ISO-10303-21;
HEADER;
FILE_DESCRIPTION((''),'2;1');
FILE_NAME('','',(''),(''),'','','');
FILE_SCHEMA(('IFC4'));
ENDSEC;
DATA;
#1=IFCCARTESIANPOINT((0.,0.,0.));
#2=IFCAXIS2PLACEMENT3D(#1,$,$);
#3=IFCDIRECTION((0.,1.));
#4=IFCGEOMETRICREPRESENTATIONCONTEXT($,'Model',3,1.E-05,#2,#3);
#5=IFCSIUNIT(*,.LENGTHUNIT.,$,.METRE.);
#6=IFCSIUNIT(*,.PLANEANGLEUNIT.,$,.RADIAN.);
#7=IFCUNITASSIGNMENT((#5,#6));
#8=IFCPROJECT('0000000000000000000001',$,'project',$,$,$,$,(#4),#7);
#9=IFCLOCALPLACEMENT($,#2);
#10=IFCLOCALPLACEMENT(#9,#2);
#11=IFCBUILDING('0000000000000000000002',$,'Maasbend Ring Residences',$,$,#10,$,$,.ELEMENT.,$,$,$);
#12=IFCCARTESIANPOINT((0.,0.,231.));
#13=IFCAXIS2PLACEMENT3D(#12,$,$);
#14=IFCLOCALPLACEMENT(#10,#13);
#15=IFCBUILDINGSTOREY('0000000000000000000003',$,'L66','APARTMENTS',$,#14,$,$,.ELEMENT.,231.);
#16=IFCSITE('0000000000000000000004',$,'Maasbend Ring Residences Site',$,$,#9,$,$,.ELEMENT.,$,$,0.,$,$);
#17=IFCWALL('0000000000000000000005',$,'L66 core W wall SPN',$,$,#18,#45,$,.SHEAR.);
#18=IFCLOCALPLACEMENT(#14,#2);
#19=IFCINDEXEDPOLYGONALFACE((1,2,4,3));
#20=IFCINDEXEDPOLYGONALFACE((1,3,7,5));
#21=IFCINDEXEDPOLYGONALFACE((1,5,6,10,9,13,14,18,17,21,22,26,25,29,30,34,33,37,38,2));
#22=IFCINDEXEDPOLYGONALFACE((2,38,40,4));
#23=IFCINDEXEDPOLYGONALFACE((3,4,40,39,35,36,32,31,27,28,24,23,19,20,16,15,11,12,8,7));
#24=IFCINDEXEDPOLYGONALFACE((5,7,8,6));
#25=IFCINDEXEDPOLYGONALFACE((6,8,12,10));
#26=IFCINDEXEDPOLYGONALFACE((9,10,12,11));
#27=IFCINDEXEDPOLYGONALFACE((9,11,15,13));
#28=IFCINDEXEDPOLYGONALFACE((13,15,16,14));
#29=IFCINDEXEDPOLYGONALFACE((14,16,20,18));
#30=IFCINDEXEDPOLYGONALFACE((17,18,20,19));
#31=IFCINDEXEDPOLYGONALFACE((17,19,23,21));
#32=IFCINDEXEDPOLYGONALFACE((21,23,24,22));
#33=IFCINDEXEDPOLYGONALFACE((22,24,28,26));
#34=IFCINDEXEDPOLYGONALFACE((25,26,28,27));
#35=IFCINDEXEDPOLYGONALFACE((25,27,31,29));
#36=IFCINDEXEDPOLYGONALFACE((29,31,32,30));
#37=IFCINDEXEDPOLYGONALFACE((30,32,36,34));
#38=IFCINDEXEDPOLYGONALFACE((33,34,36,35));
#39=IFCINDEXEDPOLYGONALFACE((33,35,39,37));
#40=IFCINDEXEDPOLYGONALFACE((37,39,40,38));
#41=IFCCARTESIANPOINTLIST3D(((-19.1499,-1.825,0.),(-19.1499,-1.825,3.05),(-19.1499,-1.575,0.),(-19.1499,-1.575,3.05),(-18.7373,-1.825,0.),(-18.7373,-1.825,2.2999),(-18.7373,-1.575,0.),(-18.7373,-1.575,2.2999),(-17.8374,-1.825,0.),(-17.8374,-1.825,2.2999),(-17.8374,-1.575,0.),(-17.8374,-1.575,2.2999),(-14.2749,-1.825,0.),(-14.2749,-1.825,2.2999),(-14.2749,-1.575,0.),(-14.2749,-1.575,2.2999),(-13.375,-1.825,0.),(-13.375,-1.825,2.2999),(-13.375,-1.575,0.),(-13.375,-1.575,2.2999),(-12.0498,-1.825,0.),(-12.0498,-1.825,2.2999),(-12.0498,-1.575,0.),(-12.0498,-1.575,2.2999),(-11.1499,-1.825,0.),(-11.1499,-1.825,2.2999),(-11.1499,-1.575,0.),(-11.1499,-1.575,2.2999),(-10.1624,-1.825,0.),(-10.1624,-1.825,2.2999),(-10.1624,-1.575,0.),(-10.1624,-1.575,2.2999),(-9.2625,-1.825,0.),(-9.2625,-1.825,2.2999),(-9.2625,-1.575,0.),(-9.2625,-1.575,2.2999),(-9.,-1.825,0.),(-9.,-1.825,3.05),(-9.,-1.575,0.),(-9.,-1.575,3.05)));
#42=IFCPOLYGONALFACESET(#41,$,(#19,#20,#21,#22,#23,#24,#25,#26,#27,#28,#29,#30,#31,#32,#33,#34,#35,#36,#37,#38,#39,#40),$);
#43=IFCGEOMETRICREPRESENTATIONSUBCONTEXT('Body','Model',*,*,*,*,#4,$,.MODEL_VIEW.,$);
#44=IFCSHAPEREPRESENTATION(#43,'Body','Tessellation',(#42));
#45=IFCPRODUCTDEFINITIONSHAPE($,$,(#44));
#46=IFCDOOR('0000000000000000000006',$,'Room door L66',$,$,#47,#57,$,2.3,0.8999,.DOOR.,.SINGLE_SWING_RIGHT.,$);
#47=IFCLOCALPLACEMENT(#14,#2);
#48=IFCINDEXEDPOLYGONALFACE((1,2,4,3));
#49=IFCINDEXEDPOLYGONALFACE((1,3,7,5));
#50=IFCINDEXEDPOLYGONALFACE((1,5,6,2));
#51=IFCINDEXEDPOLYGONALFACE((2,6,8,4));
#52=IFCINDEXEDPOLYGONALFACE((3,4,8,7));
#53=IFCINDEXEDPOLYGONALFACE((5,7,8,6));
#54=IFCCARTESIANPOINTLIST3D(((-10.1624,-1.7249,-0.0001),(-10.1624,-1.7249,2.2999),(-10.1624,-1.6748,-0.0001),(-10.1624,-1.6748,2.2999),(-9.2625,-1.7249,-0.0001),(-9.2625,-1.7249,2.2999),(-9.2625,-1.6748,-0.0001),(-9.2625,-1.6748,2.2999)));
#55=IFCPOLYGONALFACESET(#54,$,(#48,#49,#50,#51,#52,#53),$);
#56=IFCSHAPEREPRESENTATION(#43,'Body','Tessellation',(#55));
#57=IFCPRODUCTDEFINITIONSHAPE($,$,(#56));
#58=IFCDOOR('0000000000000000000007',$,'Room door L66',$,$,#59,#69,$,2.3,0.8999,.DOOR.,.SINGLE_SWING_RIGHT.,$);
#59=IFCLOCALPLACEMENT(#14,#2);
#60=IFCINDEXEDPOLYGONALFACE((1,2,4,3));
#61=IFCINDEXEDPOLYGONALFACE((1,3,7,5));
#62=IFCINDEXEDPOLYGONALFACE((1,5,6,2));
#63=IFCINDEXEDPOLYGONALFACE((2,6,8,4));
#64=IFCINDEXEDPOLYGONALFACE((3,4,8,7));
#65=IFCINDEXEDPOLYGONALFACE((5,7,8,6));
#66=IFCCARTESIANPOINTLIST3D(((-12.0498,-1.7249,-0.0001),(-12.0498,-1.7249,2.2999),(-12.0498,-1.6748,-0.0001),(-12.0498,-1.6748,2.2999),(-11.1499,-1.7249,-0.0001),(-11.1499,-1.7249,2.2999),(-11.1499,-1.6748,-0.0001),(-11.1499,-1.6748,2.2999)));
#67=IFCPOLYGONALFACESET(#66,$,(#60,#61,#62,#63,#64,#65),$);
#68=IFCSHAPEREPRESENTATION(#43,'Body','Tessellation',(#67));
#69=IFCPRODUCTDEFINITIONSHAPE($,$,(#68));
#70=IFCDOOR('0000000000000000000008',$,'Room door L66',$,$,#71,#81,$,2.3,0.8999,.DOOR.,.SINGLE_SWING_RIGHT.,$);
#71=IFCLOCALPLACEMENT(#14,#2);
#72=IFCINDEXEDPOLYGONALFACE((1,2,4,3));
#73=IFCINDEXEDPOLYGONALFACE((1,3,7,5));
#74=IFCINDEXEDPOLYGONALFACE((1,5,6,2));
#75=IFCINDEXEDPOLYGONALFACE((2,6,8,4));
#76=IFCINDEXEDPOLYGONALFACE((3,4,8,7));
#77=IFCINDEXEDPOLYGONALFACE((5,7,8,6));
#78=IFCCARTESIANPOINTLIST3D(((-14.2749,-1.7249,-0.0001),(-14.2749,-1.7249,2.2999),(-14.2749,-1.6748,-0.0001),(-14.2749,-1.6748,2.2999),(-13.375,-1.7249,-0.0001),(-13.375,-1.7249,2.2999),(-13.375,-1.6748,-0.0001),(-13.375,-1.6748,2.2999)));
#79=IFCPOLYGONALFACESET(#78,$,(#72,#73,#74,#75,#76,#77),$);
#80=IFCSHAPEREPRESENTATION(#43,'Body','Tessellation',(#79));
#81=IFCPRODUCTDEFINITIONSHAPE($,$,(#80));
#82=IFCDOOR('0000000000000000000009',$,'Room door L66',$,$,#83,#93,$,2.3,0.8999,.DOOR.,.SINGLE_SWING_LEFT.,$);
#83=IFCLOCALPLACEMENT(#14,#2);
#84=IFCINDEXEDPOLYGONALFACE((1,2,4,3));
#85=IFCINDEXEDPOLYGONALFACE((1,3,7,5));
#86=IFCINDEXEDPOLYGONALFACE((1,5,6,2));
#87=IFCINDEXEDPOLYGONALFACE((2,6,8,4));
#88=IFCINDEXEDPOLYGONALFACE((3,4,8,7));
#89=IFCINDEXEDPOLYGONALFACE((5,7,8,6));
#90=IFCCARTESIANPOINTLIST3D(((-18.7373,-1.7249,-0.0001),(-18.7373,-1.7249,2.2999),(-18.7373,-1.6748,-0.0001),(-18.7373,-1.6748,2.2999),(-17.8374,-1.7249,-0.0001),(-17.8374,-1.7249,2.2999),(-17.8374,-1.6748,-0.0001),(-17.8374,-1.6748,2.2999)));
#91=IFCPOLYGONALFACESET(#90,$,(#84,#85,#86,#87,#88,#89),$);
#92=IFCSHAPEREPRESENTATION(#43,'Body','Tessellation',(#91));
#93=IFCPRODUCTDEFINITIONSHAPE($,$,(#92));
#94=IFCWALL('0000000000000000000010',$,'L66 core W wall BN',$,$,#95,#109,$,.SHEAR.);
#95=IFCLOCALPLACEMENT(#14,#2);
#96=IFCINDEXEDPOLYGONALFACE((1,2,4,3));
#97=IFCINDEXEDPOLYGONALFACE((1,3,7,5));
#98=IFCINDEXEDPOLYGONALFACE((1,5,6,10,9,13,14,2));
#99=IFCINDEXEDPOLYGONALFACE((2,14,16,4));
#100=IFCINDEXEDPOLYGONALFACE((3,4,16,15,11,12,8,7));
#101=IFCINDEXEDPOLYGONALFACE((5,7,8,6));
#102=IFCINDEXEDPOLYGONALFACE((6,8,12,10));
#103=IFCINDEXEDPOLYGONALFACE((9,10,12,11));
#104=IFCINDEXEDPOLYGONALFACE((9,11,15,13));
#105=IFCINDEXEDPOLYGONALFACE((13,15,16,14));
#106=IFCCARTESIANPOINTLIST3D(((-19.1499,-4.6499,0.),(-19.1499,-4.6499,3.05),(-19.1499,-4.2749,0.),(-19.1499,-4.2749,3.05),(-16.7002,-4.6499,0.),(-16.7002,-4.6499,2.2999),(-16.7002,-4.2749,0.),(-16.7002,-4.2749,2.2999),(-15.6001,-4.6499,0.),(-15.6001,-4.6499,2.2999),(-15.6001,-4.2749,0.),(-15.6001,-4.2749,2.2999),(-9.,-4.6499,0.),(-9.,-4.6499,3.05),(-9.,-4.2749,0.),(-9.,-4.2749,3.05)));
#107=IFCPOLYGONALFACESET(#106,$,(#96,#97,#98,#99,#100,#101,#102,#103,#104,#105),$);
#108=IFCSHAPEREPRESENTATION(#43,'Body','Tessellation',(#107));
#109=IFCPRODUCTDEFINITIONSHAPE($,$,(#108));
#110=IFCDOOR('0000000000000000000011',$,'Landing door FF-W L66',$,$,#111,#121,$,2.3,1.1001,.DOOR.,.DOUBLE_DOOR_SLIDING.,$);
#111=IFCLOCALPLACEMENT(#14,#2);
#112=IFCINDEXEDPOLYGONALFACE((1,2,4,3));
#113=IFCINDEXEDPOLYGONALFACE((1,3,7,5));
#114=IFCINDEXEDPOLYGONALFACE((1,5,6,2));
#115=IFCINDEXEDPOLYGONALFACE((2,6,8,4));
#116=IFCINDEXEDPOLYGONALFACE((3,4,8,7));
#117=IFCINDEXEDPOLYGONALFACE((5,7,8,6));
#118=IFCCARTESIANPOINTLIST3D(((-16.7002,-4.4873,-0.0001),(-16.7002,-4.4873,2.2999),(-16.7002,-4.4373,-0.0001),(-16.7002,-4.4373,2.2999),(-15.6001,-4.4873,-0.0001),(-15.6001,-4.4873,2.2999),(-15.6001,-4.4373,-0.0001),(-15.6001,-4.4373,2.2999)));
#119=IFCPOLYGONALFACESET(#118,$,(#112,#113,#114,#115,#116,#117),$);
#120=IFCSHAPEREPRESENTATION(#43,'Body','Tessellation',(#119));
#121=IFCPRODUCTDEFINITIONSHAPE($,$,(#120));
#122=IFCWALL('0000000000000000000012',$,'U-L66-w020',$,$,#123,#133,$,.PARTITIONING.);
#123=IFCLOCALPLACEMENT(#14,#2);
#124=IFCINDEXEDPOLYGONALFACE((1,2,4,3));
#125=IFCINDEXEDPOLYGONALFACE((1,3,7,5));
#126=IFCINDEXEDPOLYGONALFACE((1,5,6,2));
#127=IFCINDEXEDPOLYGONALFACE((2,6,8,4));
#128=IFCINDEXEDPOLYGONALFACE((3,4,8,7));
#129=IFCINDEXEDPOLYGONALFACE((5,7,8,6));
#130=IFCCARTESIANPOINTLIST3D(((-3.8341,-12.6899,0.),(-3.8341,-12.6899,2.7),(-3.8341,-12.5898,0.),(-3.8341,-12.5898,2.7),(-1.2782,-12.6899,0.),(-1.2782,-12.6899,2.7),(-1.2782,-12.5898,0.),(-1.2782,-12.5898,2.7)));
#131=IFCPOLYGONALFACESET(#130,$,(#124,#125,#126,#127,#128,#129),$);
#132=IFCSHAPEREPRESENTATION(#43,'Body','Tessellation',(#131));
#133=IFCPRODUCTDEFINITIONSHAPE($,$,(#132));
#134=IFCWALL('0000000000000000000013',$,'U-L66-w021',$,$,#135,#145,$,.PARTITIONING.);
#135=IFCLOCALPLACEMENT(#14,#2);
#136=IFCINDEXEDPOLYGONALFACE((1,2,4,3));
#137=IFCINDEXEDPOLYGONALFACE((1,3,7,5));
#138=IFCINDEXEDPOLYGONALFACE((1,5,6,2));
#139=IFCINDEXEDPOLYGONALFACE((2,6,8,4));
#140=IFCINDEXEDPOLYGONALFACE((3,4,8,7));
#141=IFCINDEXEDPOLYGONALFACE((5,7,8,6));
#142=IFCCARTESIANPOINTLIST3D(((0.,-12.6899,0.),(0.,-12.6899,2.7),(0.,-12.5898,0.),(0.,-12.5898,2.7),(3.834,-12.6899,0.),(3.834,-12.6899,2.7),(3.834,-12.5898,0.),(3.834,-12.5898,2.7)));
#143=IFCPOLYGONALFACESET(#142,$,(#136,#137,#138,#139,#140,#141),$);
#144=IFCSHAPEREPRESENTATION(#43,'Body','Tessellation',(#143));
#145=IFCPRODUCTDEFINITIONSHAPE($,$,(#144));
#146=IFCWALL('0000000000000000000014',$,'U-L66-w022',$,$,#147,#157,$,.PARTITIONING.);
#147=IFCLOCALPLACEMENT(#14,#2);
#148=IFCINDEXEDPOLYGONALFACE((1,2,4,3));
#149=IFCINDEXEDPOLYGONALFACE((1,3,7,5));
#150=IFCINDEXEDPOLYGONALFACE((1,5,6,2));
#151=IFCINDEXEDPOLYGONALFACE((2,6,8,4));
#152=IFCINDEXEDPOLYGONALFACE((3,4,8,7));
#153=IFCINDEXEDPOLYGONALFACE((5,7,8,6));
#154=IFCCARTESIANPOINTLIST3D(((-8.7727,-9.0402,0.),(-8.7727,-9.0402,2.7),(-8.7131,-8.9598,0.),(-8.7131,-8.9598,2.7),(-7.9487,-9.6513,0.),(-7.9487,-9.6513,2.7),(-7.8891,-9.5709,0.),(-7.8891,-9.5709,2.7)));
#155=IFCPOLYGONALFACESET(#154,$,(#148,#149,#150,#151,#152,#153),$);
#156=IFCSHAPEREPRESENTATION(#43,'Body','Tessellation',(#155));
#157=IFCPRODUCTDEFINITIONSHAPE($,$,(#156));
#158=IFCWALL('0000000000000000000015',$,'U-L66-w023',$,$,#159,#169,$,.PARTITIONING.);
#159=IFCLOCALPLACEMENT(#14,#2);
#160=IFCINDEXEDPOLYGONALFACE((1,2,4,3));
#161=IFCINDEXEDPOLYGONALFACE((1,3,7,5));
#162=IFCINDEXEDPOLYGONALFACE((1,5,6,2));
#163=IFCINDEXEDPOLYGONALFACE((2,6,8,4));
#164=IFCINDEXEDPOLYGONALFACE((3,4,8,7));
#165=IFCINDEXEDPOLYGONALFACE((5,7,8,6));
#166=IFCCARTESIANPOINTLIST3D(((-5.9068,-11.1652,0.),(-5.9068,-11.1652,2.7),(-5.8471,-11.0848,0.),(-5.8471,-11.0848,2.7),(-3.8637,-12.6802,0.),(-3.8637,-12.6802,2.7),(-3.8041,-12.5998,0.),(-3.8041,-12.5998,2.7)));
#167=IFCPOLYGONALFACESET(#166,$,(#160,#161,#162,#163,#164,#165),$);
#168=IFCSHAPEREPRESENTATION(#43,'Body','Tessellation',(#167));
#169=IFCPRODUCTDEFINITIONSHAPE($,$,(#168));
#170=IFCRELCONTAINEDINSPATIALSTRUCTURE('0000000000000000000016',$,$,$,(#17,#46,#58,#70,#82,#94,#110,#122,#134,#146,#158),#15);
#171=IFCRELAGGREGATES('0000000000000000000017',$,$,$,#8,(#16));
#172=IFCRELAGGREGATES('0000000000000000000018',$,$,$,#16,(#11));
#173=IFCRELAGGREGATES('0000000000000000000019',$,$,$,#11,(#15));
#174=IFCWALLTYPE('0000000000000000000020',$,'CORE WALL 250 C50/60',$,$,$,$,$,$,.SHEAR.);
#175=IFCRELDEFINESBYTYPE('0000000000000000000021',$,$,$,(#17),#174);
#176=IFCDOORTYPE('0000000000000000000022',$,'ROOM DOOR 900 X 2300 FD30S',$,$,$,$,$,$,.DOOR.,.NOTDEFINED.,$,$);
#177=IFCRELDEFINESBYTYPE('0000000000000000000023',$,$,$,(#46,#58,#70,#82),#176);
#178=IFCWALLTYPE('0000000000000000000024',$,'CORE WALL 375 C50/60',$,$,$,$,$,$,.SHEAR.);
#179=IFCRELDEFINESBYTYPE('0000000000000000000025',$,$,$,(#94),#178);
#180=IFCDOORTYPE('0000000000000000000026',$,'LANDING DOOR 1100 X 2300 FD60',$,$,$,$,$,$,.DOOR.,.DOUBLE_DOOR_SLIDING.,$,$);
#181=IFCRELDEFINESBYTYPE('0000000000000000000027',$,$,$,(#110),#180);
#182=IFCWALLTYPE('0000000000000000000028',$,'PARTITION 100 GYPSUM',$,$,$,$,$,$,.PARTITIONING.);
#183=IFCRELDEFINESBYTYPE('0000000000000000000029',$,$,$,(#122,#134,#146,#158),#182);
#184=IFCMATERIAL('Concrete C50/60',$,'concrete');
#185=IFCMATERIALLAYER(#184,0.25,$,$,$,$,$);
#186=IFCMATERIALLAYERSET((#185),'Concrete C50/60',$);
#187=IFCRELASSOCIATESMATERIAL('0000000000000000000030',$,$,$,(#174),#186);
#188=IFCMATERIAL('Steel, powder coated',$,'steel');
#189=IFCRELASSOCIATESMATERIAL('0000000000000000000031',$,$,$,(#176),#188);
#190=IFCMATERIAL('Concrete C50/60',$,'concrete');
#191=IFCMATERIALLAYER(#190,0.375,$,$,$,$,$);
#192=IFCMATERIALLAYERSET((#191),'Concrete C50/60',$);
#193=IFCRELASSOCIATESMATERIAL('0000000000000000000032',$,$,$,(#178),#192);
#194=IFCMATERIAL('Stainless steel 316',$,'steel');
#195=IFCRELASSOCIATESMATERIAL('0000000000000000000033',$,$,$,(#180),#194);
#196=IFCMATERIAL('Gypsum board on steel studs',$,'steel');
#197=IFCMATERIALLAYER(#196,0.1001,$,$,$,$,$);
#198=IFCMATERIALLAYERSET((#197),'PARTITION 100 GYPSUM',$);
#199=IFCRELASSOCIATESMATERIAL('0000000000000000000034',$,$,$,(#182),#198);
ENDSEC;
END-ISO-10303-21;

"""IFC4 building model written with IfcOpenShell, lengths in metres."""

from ifc_helpers import new_model, si_unit, direction, frame, frame_2d, origin, place, context, subcontext, project, spatial, rectangle, extrude, material, layer, layer_set, type_object, element, fill, save


model = new_model("IFC4")

# Units and contexts
model_context = context("Model", 3, precision=1e-05, world=origin(), true_north=direction((0.0, 1.0)))
body_context = subcontext(model_context, "Body", "Model", "MODEL_VIEW")
ifc_project = project(units=[si_unit("LENGTHUNIT", "METRE"), si_unit("PLANEANGLEUNIT", "RADIAN")], contexts=[model_context])

# Site, building, storey
site_placement = place(None, origin())
site = spatial("IfcSite", under=ifc_project, at=site_placement, Name="Maasbend Ring Residences Site", CompositionType="ELEMENT", RefElevation=0.0)
building_placement = place(site_placement, origin())
building = spatial("IfcBuilding", under=site, at=building_placement, Name="Maasbend Ring Residences", CompositionType="ELEMENT")
storey_placement = place(building_placement, frame((0.0, 0.0, 231.0)))
storey = spatial("IfcBuildingStorey", under=building, at=storey_placement, Name="L66", Description="APARTMENTS", CompositionType="ELEMENT", Elevation=231.0)

# Wall, openings, doors
ifc_material_1 = material(Name="Concrete C50/60", Category="concrete")
ifc_layer_1 = layer(ifc_material_1, 0.25)
ifc_layer_set_1 = layer_set([ifc_layer_1], Name="Concrete C50/60")
wall_type_1 = type_object("IfcWallType", Name="CORE WALL 250 C50/60", PredefinedType="SHEAR", material=ifc_layer_set_1)
wall_1_placement = place(storey_placement, frame((-9.0, -1.7, 0.0), z_axis=(0.0, 0.0, 1.0), x_axis=(-1.0, 0.0, 0.0)))
wall_1 = element("IfcWall", 1, at=wall_1_placement, inside=storey, type_object=wall_type_1, Name="L66 core W wall SPN", PredefinedType="SHEAR", context=body_context, shape_type="SweptSolid", body=[
    extrude(rectangle(XDim=10.1499, YDim=0.25, at=frame_2d((5.075, 0.0))), origin(), (0.0, 0.0, 1.0), 3.05),
])
opening_1_placement = place(wall_1_placement, frame((0.2625, 0.0, 0.0)))
opening_1 = element("IfcOpeningElement", 2, at=opening_1_placement, cuts=wall_1, PredefinedType="OPENING", context=body_context, shape_type="SweptSolid", body=[
    extrude(rectangle(XDim=0.8999, YDim=2.3, at=frame_2d((0.45, 1.1499))), frame((0.0, 0.135, 0.0), z_axis=(0.0, -1.0, 0.0), x_axis=(1.0, 0.0, 0.0)), (0.0, 0.0, 1.0), 0.27),
])
opening_2_placement = place(wall_1_placement, frame((2.1499, 0.0, 0.0)))
opening_2 = element("IfcOpeningElement", 3, at=opening_2_placement, cuts=wall_1, PredefinedType="OPENING", context=body_context, shape_type="SweptSolid", body=[
    extrude(rectangle(XDim=0.8999, YDim=2.3, at=frame_2d((0.45, 1.1499))), frame((0.0, 0.135, 0.0), z_axis=(0.0, -1.0, 0.0), x_axis=(1.0, 0.0, 0.0)), (0.0, 0.0, 1.0), 0.27),
])
opening_3_placement = place(wall_1_placement, frame((4.375, 0.0, 0.0)))
opening_3 = element("IfcOpeningElement", 4, at=opening_3_placement, cuts=wall_1, PredefinedType="OPENING", context=body_context, shape_type="SweptSolid", body=[
    extrude(rectangle(XDim=0.8999, YDim=2.3, at=frame_2d((0.45, 1.1499))), frame((0.0, 0.135, 0.0), z_axis=(0.0, -1.0, 0.0), x_axis=(1.0, 0.0, 0.0)), (0.0, 0.0, 1.0), 0.27),
])
opening_4_placement = place(wall_1_placement, frame((8.8374, 0.0, 0.0)))
opening_4 = element("IfcOpeningElement", 5, at=opening_4_placement, cuts=wall_1, PredefinedType="OPENING", context=body_context, shape_type="SweptSolid", body=[
    extrude(rectangle(XDim=0.8999, YDim=2.3, at=frame_2d((0.45, 1.1499))), frame((0.0, 0.135, 0.0), z_axis=(0.0, -1.0, 0.0), x_axis=(1.0, 0.0, 0.0)), (0.0, 0.0, 1.0), 0.27),
])
ifc_material_2 = material(Name="Steel, powder coated", Category="steel")
door_type_1 = type_object("IfcDoorType", Name="ROOM DOOR 900 X 2300 FD30S", OperationType="NOTDEFINED", PredefinedType="DOOR", material=ifc_material_2)
door_1_placement = place(opening_1_placement, origin())
door_1 = element("IfcDoor", 6, at=door_1_placement, inside=storey, type_object=door_type_1, Name="Room door L66", OperationType="SINGLE_SWING_RIGHT", OverallHeight=2.3, OverallWidth=0.8999, PredefinedType="DOOR", context=body_context, shape_type="SweptSolid", body=[
    extrude(rectangle(XDim=0.8999, YDim=2.3, at=frame_2d((0.45, 1.1499))), frame((0.0, 0.0249, 0.0), z_axis=(0.0, -1.0, 0.0), x_axis=(1.0, 0.0, 0.0)), (0.0, 0.0, 1.0), 0.05),
])
fill(opening_1, door_1)
door_2_placement = place(opening_2_placement, origin())
door_2 = element("IfcDoor", 7, at=door_2_placement, inside=storey, type_object=door_type_1, Name="Room door L66", OperationType="SINGLE_SWING_RIGHT", OverallHeight=2.3, OverallWidth=0.8999, PredefinedType="DOOR", context=body_context, shape_type="SweptSolid", body=[
    extrude(rectangle(XDim=0.8999, YDim=2.3, at=frame_2d((0.45, 1.1499))), frame((0.0, 0.0249, 0.0), z_axis=(0.0, -1.0, 0.0), x_axis=(1.0, 0.0, 0.0)), (0.0, 0.0, 1.0), 0.05),
])
fill(opening_2, door_2)
door_3_placement = place(opening_3_placement, origin())
door_3 = element("IfcDoor", 8, at=door_3_placement, inside=storey, type_object=door_type_1, Name="Room door L66", OperationType="SINGLE_SWING_RIGHT", OverallHeight=2.3, OverallWidth=0.8999, PredefinedType="DOOR", context=body_context, shape_type="SweptSolid", body=[
    extrude(rectangle(XDim=0.8999, YDim=2.3, at=frame_2d((0.45, 1.1499))), frame((0.0, 0.0249, 0.0), z_axis=(0.0, -1.0, 0.0), x_axis=(1.0, 0.0, 0.0)), (0.0, 0.0, 1.0), 0.05),
])
fill(opening_3, door_3)
door_4_placement = place(opening_4_placement, origin())
door_4 = element("IfcDoor", 9, at=door_4_placement, inside=storey, type_object=door_type_1, Name="Room door L66", OperationType="SINGLE_SWING_LEFT", OverallHeight=2.3, OverallWidth=0.8999, PredefinedType="DOOR", context=body_context, shape_type="SweptSolid", body=[
    extrude(rectangle(XDim=0.8999, YDim=2.3, at=frame_2d((0.45, 1.1499))), frame((0.0, 0.0249, 0.0), z_axis=(0.0, -1.0, 0.0), x_axis=(1.0, 0.0, 0.0)), (0.0, 0.0, 1.0), 0.05),
])
fill(opening_4, door_4)

# Wall, opening, door
ifc_material_3 = material(Name="Concrete C50/60", Category="concrete")
ifc_layer_2 = layer(ifc_material_3, 0.375)
ifc_layer_set_2 = layer_set([ifc_layer_2], Name="Concrete C50/60")
wall_type_2 = type_object("IfcWallType", Name="CORE WALL 375 C50/60", PredefinedType="SHEAR", material=ifc_layer_set_2)
wall_2_placement = place(storey_placement, frame((-9.0, -4.4624, 0.0), z_axis=(0.0, 0.0, 1.0), x_axis=(-1.0, 0.0, 0.0)))
wall_2 = element("IfcWall", 10, at=wall_2_placement, inside=storey, type_object=wall_type_2, Name="L66 core W wall BN", PredefinedType="SHEAR", context=body_context, shape_type="SweptSolid", body=[
    extrude(rectangle(XDim=10.1499, YDim=0.375, at=frame_2d((5.075, 0.0))), origin(), (0.0, 0.0, 1.0), 3.05),
])
opening_5_placement = place(wall_2_placement, frame((6.6001, 0.0, 0.0)))
opening_5 = element("IfcOpeningElement", 11, at=opening_5_placement, cuts=wall_2, PredefinedType="OPENING", context=body_context, shape_type="SweptSolid", body=[
    extrude(rectangle(XDim=1.1001, YDim=2.3, at=frame_2d((0.55, 1.1499))), frame((0.0, 0.1975, 0.0), z_axis=(0.0, -1.0, 0.0), x_axis=(1.0, 0.0, 0.0)), (0.0, 0.0, 1.0), 0.395),
])
ifc_material_4 = material(Name="Stainless steel 316", Category="steel")
door_type_2 = type_object("IfcDoorType", Name="LANDING DOOR 1100 X 2300 FD60", OperationType="DOUBLE_DOOR_SLIDING", PredefinedType="DOOR", material=ifc_material_4)
door_5_placement = place(opening_5_placement, origin())
door_5 = element("IfcDoor", 12, at=door_5_placement, inside=storey, type_object=door_type_2, Name="Landing door FF-W L66", OperationType="DOUBLE_DOOR_SLIDING", OverallHeight=2.3, OverallWidth=1.1001, PredefinedType="DOOR", context=body_context, shape_type="SweptSolid", body=[
    extrude(rectangle(XDim=1.1001, YDim=2.3, at=frame_2d((0.55, 1.1499))), frame((0.0, 0.0249, 0.0), z_axis=(0.0, -1.0, 0.0), x_axis=(1.0, 0.0, 0.0)), (0.0, 0.0, 1.0), 0.05),
])
fill(opening_5, door_5)

# Walls
ifc_material_5 = material(Name="Gypsum board on steel studs", Category="steel")
ifc_layer_3 = layer(ifc_material_5, 0.1001)
ifc_layer_set_3 = layer_set([ifc_layer_3], Name="PARTITION 100 GYPSUM")
wall_type_3 = type_object("IfcWallType", Name="PARTITION 100 GYPSUM", PredefinedType="PARTITIONING", material=ifc_layer_set_3)
wall_3_placement = place(storey_placement, frame((-3.834, -12.6399, 0.0), z_axis=(0.0, 0.0, 1.0), x_axis=(1.0, 0.0, 0.0)))
element("IfcWall", 13, at=wall_3_placement, inside=storey, type_object=wall_type_3, Name="U-L66-w020", PredefinedType="PARTITIONING", context=body_context, shape_type="SweptSolid", body=[
    extrude(rectangle(XDim=2.5559, YDim=0.1001, at=frame_2d((1.2778, 0.0))), origin(), (0.0, 0.0, 1.0), 2.7),
])
wall_4_placement = place(storey_placement, frame((0.0, -12.6399, 0.0), z_axis=(0.0, 0.0, 1.0), x_axis=(1.0, 0.0, 0.0)))
element("IfcWall", 14, at=wall_4_placement, inside=storey, type_object=wall_type_3, Name="U-L66-w021", PredefinedType="PARTITIONING", context=body_context, shape_type="SweptSolid", body=[
    extrude(rectangle(XDim=3.834, YDim=0.1001, at=frame_2d((1.917, 0.0))), origin(), (0.0, 0.0, 1.0), 2.7),
])
wall_5_placement = place(storey_placement, frame((-8.7429, -9.0, 0.0), z_axis=(0.0, 0.0, 1.0), x_axis=(0.803216, -0.595688, 0.0)))
element("IfcWall", 15, at=wall_5_placement, inside=storey, type_object=wall_type_3, Name="U-L66-w022", PredefinedType="PARTITIONING", context=body_context, shape_type="SweptSolid", body=[
    extrude(rectangle(XDim=1.0259, YDim=0.1001, at=frame_2d((0.5129, 0.0))), origin(), (0.0, 0.0, 1.0), 2.7),
])
wall_6_placement = place(storey_placement, frame((-5.877, -11.125, 0.0), z_axis=(0.0, 0.0, 1.0), x_axis=(0.80326, -0.595629, 0.0)))
element("IfcWall", 16, at=wall_6_placement, inside=storey, type_object=wall_type_3, Name="U-L66-w023", PredefinedType="PARTITIONING", context=body_context, shape_type="SweptSolid", body=[
    extrude(rectangle(XDim=2.5435, YDim=0.1001, at=frame_2d((1.2717, 0.0))), origin(), (0.0, 0.0, 1.0), 2.7),
])

save(model, "model.ifc")
